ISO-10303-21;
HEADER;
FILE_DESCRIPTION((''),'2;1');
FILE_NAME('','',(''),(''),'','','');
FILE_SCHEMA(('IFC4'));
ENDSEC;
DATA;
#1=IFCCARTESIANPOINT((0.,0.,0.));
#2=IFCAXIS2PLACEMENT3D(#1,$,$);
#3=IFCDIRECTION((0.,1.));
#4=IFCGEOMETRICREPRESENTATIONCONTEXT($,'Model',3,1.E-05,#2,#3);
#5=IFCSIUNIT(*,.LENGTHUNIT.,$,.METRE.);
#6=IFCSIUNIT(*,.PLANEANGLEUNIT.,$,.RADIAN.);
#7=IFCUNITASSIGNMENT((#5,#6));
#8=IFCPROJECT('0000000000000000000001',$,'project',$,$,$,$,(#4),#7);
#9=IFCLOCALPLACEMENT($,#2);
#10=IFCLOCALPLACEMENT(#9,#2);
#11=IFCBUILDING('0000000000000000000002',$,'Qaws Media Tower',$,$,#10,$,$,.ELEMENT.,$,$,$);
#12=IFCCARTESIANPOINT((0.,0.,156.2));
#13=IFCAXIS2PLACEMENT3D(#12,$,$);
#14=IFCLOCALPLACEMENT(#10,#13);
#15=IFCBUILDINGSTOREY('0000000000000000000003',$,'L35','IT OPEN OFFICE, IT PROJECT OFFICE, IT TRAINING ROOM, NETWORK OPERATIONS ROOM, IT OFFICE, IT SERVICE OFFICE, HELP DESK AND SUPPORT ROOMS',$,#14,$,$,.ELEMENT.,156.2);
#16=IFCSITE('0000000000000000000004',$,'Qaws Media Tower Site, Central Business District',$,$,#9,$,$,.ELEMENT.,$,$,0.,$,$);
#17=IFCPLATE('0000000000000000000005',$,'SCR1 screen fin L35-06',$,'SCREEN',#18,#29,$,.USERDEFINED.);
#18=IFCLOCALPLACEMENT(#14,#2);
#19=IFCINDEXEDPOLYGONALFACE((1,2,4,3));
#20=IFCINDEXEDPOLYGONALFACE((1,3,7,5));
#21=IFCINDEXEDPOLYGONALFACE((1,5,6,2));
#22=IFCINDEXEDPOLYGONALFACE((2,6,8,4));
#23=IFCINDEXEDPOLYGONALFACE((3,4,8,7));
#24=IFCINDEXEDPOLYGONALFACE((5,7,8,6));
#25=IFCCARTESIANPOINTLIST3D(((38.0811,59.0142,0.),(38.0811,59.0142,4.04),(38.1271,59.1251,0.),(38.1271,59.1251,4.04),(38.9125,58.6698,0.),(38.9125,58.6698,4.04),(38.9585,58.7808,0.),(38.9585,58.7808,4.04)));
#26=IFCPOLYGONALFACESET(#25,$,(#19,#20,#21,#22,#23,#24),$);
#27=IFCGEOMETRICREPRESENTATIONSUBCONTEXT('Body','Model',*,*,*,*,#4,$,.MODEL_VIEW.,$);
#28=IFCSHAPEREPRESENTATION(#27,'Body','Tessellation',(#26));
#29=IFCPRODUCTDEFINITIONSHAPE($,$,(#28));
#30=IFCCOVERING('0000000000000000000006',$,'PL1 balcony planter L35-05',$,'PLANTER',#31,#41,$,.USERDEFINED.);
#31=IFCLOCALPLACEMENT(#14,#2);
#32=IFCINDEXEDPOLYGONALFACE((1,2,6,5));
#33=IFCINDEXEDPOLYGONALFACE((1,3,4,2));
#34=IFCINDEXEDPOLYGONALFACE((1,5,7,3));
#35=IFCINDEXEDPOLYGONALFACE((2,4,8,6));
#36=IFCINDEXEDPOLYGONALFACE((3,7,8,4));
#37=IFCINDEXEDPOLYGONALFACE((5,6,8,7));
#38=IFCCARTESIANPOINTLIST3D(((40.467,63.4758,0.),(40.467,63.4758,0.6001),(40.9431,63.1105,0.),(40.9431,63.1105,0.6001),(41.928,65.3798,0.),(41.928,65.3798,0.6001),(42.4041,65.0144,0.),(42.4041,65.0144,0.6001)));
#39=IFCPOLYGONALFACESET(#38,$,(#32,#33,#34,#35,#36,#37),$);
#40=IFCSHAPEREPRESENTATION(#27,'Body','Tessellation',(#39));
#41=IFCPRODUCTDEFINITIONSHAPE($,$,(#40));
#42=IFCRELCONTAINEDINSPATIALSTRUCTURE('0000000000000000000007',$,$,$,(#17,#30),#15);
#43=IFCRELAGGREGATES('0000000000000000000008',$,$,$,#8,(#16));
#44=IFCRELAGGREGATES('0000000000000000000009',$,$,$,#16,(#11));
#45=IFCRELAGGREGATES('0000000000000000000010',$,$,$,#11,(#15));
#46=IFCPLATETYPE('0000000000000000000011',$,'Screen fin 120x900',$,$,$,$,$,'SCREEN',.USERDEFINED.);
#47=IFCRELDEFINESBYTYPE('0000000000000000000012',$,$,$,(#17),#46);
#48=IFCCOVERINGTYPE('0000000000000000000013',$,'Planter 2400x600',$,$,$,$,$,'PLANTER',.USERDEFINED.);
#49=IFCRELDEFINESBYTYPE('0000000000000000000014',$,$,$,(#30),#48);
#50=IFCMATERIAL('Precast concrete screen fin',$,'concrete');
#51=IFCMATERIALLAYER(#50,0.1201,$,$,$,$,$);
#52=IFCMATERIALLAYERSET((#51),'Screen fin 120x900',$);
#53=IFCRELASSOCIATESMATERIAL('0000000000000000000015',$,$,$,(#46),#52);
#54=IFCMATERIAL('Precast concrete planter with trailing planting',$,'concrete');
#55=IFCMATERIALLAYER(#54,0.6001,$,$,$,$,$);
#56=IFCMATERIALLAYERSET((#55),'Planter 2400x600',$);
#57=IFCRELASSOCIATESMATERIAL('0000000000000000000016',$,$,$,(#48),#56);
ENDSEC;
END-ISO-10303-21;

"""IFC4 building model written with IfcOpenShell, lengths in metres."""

from ifc_helpers import new_model, si_unit, direction, frame, origin, origin_2d, place, context, subcontext, project, spatial, rectangle, extrude, material, layer, layer_set, type_object, element, save


model = new_model("IFC4")

# Units and contexts
model_context = context("Model", 3, precision=1e-05, world=origin(), true_north=direction((0.0, 1.0)))
body_context = subcontext(model_context, "Body", "Model", "MODEL_VIEW")
ifc_project = project(units=[si_unit("LENGTHUNIT", "METRE"), si_unit("PLANEANGLEUNIT", "RADIAN")], contexts=[model_context])

# Site, building, storey
site_placement = place(None, origin())
site = spatial("IfcSite", under=ifc_project, at=site_placement, Name="Qaws Media Tower Site, Central Business District", CompositionType="ELEMENT", RefElevation=0.0)
building_placement = place(site_placement, origin())
building = spatial("IfcBuilding", under=site, at=building_placement, Name="Qaws Media Tower", CompositionType="ELEMENT")
storey_placement = place(building_placement, frame((0.0, 0.0, 156.2)))
storey = spatial("IfcBuildingStorey", under=building, at=storey_placement, Name="L35", Description="IT OPEN OFFICE, IT PROJECT OFFICE, IT TRAINING ROOM, NETWORK OPERATIONS ROOM, IT OFFICE, IT SERVICE OFFICE, HELP DESK AND SUPPORT ROOMS", CompositionType="ELEMENT", Elevation=156.2)

# Plate
ifc_material_1 = material(Name="Precast concrete screen fin", Category="concrete")
ifc_layer_1 = layer(ifc_material_1, 0.1201)
ifc_layer_set_1 = layer_set([ifc_layer_1], Name="Screen fin 120x900")
plate_type_1 = type_object("IfcPlateType", Name="Screen fin 120x900", ElementType="SCREEN", PredefinedType="USERDEFINED", material=ifc_layer_set_1)
plate_1_placement = place(storey_placement, frame((38.5198, 58.8975, 0.0), z_axis=(0.0, 0.0, 1.0), x_axis=(-0.92388, 0.382683, 0.0)))
element("IfcPlate", 1, at=plate_1_placement, inside=storey, type_object=plate_type_1, Name="SCR1 screen fin L35-06", ObjectType="SCREEN", PredefinedType="USERDEFINED", context=body_context, shape_type="SweptSolid", body=[
    extrude(rectangle(XDim=0.8999, YDim=0.1201, at=origin_2d()), origin(), (0.0, 0.0, 1.0), 4.04),
])

# Covering
ifc_material_2 = material(Name="Precast concrete planter with trailing planting", Category="concrete")
ifc_layer_2 = layer(ifc_material_2, 0.6001)
ifc_layer_set_2 = layer_set([ifc_layer_2], Name="Planter 2400x600")
covering_type = type_object("IfcCoveringType", Name="Planter 2400x600", ElementType="PLANTER", PredefinedType="USERDEFINED", material=ifc_layer_set_2)
covering_placement = place(storey_placement, frame((41.4355, 64.2451, 0.0), z_axis=(0.0, 0.0, 1.0), x_axis=(-0.608761, -0.793353, 0.0)))
element("IfcCovering", 2, at=covering_placement, inside=storey, type_object=covering_type, Name="PL1 balcony planter L35-05", ObjectType="PLANTER", PredefinedType="USERDEFINED", context=body_context, shape_type="SweptSolid", body=[
    extrude(rectangle(XDim=2.3999, YDim=0.6001, at=origin_2d()), origin(), (0.0, 0.0, 1.0), 0.6001),
])

save(model, "model.ifc")
